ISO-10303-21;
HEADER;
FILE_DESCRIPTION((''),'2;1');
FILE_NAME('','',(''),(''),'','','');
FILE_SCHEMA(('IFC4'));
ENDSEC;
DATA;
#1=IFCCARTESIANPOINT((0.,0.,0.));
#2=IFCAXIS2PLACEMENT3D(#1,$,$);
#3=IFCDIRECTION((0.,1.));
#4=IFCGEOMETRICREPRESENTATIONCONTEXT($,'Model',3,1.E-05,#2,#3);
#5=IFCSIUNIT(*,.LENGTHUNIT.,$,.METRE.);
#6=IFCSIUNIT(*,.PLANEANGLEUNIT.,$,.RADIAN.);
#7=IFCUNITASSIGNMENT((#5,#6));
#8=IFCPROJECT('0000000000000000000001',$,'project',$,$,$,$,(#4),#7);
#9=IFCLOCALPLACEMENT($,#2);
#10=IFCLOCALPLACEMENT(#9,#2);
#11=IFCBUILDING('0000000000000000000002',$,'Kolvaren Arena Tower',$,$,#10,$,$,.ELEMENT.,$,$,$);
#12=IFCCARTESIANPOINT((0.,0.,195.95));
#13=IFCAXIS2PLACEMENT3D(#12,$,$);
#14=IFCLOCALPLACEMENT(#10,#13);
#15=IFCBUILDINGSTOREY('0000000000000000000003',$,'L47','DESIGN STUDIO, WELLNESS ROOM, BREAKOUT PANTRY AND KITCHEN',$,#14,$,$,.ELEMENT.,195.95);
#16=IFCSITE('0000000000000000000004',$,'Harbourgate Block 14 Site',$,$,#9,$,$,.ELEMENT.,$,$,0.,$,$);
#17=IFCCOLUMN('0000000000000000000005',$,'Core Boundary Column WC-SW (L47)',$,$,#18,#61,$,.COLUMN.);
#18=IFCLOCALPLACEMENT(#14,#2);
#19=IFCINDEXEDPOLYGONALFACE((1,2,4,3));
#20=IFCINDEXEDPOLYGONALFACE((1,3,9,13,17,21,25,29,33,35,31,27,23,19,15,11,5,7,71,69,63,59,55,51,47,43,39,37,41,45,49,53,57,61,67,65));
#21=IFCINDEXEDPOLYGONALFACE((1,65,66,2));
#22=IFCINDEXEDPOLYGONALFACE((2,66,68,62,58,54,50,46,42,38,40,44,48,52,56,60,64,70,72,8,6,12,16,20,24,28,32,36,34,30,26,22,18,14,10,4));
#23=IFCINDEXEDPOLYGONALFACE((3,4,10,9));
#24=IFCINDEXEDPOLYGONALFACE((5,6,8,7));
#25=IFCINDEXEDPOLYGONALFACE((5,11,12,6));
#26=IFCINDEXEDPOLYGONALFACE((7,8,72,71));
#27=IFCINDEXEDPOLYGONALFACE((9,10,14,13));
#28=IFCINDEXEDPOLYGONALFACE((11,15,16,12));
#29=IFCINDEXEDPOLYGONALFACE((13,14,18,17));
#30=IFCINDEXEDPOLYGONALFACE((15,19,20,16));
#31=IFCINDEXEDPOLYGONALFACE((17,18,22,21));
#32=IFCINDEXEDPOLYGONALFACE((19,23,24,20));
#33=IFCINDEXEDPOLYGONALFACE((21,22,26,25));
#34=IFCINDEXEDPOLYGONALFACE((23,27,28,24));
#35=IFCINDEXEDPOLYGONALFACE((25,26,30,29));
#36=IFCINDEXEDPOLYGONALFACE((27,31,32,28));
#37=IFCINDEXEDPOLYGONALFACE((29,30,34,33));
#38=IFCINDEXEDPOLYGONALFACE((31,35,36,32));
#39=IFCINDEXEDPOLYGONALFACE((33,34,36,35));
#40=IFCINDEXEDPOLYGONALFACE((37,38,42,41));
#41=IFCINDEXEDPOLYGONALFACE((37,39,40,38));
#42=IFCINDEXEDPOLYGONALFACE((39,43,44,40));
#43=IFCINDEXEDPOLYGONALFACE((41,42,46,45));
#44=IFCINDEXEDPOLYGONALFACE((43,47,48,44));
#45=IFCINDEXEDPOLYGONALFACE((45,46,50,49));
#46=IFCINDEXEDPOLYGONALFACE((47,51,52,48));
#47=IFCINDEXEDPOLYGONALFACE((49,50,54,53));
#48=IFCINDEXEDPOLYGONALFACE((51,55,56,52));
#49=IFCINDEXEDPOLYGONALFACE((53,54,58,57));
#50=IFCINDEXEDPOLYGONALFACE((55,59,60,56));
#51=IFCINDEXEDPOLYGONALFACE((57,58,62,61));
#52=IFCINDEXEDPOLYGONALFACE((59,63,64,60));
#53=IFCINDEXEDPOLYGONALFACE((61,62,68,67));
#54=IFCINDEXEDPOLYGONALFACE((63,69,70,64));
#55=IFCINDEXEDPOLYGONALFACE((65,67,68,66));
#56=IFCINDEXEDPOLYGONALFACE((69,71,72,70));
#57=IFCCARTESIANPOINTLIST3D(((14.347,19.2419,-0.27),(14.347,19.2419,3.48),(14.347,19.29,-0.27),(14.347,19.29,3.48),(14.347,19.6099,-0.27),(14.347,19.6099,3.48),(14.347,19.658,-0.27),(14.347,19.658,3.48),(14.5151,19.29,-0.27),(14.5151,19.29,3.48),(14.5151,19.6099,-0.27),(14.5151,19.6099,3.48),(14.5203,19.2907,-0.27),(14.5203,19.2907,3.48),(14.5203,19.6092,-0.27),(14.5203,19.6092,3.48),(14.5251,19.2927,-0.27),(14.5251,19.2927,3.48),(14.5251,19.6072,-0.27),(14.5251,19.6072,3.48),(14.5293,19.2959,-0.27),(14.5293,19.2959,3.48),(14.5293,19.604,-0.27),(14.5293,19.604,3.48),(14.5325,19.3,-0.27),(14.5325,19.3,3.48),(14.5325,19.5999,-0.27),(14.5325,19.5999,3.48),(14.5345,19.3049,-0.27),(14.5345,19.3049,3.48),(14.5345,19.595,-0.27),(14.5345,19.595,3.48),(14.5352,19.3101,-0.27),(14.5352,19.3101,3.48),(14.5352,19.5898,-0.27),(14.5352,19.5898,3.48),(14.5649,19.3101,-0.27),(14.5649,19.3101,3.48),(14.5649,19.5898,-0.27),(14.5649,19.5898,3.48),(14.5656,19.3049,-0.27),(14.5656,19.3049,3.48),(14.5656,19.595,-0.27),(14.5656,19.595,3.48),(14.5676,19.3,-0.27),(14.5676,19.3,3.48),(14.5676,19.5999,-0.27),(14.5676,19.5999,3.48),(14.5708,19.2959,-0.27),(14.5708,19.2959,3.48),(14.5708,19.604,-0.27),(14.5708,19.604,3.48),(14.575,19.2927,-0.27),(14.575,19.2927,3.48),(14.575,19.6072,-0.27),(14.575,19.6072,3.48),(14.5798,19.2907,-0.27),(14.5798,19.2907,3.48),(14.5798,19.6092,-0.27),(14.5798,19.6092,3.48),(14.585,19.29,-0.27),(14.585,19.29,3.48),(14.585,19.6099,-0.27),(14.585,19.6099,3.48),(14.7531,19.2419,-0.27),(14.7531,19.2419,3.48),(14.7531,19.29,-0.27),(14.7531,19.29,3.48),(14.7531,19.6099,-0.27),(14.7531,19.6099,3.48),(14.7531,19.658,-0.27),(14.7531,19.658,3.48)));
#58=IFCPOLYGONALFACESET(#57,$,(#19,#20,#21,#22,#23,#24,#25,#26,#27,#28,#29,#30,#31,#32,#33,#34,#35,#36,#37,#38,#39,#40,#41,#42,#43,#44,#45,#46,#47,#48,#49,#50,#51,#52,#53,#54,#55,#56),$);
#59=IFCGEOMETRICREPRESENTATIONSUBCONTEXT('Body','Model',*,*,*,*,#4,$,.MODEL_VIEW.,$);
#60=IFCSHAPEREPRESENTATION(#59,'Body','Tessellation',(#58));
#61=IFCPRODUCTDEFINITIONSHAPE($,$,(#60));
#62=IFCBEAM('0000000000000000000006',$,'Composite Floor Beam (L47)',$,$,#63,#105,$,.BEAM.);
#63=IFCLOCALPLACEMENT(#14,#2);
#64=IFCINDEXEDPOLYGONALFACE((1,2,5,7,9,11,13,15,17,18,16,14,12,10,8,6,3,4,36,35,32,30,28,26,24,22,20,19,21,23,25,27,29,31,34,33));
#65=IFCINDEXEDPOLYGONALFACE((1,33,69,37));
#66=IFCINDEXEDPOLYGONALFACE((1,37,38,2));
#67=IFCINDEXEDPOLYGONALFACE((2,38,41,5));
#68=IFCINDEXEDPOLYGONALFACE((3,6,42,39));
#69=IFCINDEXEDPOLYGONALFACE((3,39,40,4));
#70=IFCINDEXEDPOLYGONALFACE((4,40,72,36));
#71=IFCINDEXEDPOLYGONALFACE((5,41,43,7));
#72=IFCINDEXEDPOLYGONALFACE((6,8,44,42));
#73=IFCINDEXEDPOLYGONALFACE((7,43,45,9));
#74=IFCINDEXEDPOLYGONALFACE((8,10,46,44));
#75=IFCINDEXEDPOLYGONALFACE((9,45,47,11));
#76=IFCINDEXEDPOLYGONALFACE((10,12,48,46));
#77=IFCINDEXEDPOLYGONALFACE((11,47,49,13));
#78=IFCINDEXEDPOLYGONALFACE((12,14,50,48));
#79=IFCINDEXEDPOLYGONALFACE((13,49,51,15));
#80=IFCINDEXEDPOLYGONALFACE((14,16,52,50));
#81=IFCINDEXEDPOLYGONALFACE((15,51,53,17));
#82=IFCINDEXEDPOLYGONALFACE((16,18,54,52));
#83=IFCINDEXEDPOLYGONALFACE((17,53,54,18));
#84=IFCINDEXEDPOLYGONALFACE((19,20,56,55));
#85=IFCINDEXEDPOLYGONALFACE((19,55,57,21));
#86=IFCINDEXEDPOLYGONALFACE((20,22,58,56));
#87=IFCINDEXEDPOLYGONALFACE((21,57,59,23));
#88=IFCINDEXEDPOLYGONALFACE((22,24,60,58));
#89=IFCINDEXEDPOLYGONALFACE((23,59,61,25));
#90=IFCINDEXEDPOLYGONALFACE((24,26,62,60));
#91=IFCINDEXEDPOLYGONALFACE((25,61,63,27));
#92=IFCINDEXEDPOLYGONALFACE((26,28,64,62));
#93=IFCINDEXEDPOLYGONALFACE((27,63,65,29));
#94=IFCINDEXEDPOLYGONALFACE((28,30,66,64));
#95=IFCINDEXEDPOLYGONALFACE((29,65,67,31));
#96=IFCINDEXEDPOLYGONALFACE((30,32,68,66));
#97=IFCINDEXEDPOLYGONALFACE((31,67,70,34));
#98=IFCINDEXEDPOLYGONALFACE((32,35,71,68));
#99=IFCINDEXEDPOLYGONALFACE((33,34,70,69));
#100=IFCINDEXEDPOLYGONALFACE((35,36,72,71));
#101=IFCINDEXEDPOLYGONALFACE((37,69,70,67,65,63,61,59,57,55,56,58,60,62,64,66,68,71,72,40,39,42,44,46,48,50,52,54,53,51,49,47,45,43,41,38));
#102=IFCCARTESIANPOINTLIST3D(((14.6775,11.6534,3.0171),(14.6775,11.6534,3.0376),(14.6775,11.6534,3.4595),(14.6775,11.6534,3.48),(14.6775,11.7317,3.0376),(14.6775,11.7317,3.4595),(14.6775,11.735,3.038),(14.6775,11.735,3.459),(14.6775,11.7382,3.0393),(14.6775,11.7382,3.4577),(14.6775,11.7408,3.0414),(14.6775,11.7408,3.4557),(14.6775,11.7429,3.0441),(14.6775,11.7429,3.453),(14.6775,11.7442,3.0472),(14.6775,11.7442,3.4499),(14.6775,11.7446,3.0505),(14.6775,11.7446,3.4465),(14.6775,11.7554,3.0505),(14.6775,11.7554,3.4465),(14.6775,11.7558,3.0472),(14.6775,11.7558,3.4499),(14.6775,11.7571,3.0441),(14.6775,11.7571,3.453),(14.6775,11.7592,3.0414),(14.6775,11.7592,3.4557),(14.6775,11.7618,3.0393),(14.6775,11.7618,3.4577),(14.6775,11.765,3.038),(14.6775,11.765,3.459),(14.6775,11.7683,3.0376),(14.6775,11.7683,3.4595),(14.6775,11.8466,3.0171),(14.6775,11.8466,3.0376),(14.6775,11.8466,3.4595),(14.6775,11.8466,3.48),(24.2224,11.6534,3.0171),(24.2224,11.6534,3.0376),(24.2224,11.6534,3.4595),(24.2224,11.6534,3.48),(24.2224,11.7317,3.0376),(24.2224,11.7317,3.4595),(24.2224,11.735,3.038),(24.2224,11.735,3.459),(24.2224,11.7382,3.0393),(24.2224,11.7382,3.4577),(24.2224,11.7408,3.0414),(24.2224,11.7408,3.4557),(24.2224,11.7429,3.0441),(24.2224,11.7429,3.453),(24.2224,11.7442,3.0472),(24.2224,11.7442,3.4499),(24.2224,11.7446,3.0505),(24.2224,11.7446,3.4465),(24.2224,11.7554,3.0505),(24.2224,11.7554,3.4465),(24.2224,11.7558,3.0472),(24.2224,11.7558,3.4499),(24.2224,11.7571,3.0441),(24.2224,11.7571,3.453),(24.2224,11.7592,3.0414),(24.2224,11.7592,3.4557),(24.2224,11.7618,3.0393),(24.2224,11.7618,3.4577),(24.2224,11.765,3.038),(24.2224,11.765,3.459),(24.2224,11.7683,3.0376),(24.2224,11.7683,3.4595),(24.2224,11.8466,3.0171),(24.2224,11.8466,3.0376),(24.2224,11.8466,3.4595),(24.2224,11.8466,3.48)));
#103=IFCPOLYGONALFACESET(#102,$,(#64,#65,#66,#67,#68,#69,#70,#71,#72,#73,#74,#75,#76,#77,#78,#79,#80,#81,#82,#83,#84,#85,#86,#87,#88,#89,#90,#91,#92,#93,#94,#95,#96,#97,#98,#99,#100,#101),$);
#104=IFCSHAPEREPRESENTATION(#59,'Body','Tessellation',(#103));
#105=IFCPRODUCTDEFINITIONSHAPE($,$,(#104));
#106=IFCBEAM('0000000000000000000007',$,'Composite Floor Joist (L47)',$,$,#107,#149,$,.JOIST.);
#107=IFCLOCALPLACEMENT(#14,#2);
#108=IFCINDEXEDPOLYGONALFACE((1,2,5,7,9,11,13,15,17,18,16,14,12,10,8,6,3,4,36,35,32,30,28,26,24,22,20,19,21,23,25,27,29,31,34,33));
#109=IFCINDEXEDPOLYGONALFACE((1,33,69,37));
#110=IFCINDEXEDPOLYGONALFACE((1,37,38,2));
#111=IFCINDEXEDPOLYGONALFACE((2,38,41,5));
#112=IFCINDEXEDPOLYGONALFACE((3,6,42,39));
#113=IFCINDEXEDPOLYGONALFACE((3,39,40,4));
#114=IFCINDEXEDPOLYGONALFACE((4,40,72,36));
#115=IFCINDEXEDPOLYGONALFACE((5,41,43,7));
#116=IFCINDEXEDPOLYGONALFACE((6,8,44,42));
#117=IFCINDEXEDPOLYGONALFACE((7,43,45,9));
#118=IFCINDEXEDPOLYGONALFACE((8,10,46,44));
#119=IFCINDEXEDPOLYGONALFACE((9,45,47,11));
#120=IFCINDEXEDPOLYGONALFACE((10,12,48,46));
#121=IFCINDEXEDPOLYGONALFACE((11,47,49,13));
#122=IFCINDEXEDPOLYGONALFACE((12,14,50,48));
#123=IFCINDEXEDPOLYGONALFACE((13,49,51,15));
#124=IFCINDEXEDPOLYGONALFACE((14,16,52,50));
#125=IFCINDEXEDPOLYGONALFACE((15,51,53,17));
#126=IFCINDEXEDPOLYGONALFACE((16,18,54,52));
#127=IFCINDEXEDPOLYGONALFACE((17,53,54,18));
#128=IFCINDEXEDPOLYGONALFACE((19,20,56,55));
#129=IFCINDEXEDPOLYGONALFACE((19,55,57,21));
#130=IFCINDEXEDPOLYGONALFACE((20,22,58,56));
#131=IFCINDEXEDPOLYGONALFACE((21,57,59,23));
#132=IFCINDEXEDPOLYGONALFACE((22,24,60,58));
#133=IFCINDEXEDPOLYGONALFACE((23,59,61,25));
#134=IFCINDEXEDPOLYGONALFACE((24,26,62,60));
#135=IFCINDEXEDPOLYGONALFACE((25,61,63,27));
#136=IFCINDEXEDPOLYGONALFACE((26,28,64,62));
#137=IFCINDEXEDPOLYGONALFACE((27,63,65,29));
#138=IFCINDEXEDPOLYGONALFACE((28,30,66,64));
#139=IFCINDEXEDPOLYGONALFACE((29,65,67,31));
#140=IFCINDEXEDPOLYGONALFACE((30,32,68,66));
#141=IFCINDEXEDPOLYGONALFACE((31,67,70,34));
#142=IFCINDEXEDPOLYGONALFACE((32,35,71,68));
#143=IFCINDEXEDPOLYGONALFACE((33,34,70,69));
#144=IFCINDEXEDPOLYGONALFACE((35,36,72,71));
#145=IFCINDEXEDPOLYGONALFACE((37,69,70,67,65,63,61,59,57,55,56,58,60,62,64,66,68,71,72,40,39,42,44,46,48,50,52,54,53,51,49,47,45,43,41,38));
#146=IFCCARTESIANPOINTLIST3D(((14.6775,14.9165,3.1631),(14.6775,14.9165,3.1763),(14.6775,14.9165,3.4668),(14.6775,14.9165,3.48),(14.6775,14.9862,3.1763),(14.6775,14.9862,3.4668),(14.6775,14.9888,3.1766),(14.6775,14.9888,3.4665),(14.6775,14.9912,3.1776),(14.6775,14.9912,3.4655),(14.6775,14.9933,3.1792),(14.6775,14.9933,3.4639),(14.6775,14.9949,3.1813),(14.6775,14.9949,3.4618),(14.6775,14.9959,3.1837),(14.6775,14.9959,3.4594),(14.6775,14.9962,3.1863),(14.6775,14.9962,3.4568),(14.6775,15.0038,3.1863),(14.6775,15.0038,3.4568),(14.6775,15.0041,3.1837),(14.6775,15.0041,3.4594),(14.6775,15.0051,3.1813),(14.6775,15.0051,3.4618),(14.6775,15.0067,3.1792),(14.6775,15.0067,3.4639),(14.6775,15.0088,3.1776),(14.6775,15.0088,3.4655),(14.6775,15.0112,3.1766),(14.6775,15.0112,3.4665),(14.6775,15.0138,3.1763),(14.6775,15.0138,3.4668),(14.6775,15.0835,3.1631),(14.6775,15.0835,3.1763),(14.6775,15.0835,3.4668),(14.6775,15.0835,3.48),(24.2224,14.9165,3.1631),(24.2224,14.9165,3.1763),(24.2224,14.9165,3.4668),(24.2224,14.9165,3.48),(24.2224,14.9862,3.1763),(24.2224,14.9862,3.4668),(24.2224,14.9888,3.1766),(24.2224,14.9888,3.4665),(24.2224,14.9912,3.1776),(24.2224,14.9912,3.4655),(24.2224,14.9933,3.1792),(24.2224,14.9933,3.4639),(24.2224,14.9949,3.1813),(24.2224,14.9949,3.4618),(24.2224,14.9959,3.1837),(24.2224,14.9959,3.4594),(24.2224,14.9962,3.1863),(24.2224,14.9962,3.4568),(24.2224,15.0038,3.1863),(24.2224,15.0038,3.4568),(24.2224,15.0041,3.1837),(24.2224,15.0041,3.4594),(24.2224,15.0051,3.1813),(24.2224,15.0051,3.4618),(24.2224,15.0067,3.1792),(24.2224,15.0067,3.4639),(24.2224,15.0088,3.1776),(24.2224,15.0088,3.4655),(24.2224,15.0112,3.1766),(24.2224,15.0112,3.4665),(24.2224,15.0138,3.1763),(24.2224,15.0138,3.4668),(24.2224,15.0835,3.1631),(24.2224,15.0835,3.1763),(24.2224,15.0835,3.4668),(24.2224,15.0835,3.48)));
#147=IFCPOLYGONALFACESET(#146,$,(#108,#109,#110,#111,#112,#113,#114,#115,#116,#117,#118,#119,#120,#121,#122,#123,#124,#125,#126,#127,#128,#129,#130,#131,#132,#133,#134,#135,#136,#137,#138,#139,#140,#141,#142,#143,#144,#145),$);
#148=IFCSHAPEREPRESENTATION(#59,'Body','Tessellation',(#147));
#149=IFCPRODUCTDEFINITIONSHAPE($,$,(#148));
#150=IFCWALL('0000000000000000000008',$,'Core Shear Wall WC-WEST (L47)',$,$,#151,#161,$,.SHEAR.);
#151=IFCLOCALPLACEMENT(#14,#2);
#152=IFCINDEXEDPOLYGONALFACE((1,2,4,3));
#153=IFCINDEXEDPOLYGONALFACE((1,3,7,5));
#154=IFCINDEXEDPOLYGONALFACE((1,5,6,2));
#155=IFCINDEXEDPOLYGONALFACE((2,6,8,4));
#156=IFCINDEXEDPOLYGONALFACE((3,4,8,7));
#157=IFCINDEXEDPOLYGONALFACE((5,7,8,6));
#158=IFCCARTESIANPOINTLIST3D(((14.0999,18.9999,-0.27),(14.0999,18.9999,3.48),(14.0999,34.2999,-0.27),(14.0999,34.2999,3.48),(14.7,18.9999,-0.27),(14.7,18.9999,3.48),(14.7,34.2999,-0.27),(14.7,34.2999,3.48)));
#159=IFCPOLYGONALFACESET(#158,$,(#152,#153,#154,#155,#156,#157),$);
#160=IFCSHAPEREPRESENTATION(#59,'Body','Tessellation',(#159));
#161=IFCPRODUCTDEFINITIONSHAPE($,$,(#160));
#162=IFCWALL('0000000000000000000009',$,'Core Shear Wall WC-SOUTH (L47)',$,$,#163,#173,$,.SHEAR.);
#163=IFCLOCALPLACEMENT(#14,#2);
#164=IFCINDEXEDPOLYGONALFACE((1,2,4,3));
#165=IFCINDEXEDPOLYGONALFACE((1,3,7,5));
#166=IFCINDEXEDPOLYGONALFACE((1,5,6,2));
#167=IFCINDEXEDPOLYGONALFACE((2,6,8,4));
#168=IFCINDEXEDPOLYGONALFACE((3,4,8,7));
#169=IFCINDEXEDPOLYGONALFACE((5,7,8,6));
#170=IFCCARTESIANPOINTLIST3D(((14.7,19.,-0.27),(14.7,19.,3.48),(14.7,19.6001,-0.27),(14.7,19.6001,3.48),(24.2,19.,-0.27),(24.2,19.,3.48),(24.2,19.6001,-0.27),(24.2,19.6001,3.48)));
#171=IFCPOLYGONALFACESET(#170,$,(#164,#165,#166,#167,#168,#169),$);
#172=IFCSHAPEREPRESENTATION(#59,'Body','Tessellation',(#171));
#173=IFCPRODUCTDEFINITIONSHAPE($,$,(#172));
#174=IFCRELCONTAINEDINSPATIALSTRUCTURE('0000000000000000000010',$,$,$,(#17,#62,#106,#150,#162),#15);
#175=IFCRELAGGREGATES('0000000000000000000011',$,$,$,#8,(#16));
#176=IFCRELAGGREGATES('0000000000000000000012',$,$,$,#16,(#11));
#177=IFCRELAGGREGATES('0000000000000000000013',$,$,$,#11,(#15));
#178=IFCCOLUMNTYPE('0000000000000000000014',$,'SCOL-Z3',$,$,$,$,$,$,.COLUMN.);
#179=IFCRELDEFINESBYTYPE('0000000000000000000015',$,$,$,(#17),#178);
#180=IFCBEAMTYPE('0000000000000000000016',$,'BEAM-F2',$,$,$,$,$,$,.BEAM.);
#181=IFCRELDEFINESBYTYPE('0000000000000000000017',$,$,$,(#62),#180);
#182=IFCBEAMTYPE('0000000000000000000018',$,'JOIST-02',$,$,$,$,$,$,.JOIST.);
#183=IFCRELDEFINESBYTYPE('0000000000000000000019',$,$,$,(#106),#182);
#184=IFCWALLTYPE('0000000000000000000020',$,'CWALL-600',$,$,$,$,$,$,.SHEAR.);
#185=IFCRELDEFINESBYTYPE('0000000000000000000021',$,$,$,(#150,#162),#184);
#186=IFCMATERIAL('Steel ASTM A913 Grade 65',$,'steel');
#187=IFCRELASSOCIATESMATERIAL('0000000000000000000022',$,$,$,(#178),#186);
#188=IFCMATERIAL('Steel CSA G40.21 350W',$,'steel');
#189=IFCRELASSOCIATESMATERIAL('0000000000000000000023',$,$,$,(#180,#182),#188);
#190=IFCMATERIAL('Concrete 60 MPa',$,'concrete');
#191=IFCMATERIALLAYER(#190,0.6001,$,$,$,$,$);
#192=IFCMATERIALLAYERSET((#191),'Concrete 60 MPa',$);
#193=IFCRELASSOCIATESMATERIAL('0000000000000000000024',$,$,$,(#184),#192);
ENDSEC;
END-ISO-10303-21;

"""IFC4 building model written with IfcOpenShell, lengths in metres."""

from ifc_helpers import new_model, si_unit, direction, frame, frame_2d, origin, origin_2d, place, context, subcontext, project, spatial, rectangle, i_section, extrude, material, layer, layer_set, material_profile, profile_set, type_object, element, save


model = new_model("IFC4")

# Units and contexts
model_context = context("Model", 3, precision=1e-05, world=origin(), true_north=direction((0.0, 1.0)))
body_context = subcontext(model_context, "Body", "Model", "MODEL_VIEW")
ifc_project = project(units=[si_unit("LENGTHUNIT", "METRE"), si_unit("PLANEANGLEUNIT", "RADIAN")], contexts=[model_context])

# Site, building, storey
site_placement = place(None, origin())
site = spatial("IfcSite", under=ifc_project, at=site_placement, Name="Harbourgate Block 14 Site", CompositionType="ELEMENT", RefElevation=0.0)
building_placement = place(site_placement, origin())
building = spatial("IfcBuilding", under=site, at=building_placement, Name="Kolvaren Arena Tower", CompositionType="ELEMENT")
storey_placement = place(building_placement, frame((0.0, 0.0, 195.95)))
storey = spatial("IfcBuildingStorey", under=building, at=storey_placement, Name="L47", Description="DESIGN STUDIO, WELLNESS ROOM, BREAKOUT PANTRY AND KITCHEN", CompositionType="ELEMENT", Elevation=195.95)

# Column
ifc_material_1 = material(Name="Steel ASTM A913 Grade 65", Category="steel")
ifc_material_profile_1 = material_profile(ifc_material_1, i_section(OverallWidth=0.406, OverallDepth=0.416, WebThickness=0.0298, FlangeThickness=0.0481, FilletRadius=0.02, at=origin_2d()), Name="W360x382")
ifc_profile_set_1 = profile_set([ifc_material_profile_1], Name="Steel ASTM A913 Grade 65")
column_type = type_object("IfcColumnType", Name="SCOL-Z3", PredefinedType="COLUMN", material=ifc_profile_set_1)
column_placement = place(storey_placement, frame((14.55, 19.45, -0.27), z_axis=(0.0, 0.0, 1.0), x_axis=(1.0, 0.0, 0.0)))
element("IfcColumn", 1, at=column_placement, inside=storey, type_object=column_type, Name="Core Boundary Column WC-SW (L47)", PredefinedType="COLUMN", context=body_context, shape_type="SweptSolid", body=[
    extrude(i_section(OverallWidth=0.406, OverallDepth=0.416, WebThickness=0.0298, FlangeThickness=0.0481, FilletRadius=0.02, at=origin_2d()), origin(), (0.0, 0.0, 1.0), 3.75),
])

# Beams
ifc_material_2 = material(Name="Steel CSA G40.21 350W", Category="steel")
ifc_material_profile_2 = material_profile(ifc_material_2, i_section(OverallWidth=0.1931, OverallDepth=0.4629, WebThickness=0.0107, FlangeThickness=0.0205, FilletRadius=0.0129, at=origin_2d()), Name="W460x113")
ifc_profile_set_2 = profile_set([ifc_material_profile_2], Name="Steel CSA G40.21 350W")
beam_type_1 = type_object("IfcBeamType", Name="BEAM-F2", PredefinedType="BEAM", material=ifc_profile_set_2)
beam_1_placement = place(storey_placement, frame((14.6775, 11.75, 3.2485), z_axis=(1.0, 0.0, 0.0), x_axis=(0.0, 1.0, 0.0)))
element("IfcBeam", 2, at=beam_1_placement, inside=storey, type_object=beam_type_1, Name="Composite Floor Beam (L47)", PredefinedType="BEAM", context=body_context, shape_type="SweptSolid", body=[
    extrude(i_section(OverallWidth=0.1931, OverallDepth=0.4629, WebThickness=0.0107, FlangeThickness=0.0205, FilletRadius=0.0129, at=origin_2d()), origin(), (0.0, 0.0, 1.0), 9.5449),
])
ifc_material_profile_3 = material_profile(ifc_material_2, i_section(OverallWidth=0.167, OverallDepth=0.3169, WebThickness=0.0076, FlangeThickness=0.0132, FilletRadius=0.01, at=origin_2d()), Name="W310x52")
ifc_profile_set_3 = profile_set([ifc_material_profile_3], Name="Steel CSA G40.21 350W")
beam_type_2 = type_object("IfcBeamType", Name="JOIST-02", PredefinedType="JOIST", material=ifc_profile_set_3)
beam_2_placement = place(storey_placement, frame((14.6775, 15.0, 3.3215), z_axis=(1.0, 0.0, 0.0), x_axis=(0.0, 1.0, 0.0)))
element("IfcBeam", 3, at=beam_2_placement, inside=storey, type_object=beam_type_2, Name="Composite Floor Joist (L47)", PredefinedType="JOIST", context=body_context, shape_type="SweptSolid", body=[
    extrude(i_section(OverallWidth=0.167, OverallDepth=0.3169, WebThickness=0.0076, FlangeThickness=0.0132, FilletRadius=0.01, at=origin_2d()), origin(), (0.0, 0.0, 1.0), 9.5449),
])

# Walls
ifc_material_3 = material(Name="Concrete 60 MPa", Category="concrete")
ifc_layer_1 = layer(ifc_material_3, 0.6001)
ifc_layer_set_1 = layer_set([ifc_layer_1], Name="Concrete 60 MPa")
wall_type_1 = type_object("IfcWallType", Name="CWALL-600", PredefinedType="SHEAR", material=ifc_layer_set_1)
wall_1_placement = place(storey_placement, frame((14.3999, 19.0, -0.27), z_axis=(0.0, 0.0, 1.0), x_axis=(0.0, 1.0, 0.0)))
element("IfcWall", 4, at=wall_1_placement, inside=storey, type_object=wall_type_1, Name="Core Shear Wall WC-WEST (L47)", PredefinedType="SHEAR", context=body_context, shape_type="SweptSolid", body=[
    extrude(rectangle(XDim=15.3, YDim=0.6001, at=frame_2d((7.6499, 0.0))), origin(), (0.0, 0.0, 1.0), 3.75),
])
wall_2_placement = place(storey_placement, frame((14.7, 19.3, -0.27), z_axis=(0.0, 0.0, 1.0), x_axis=(1.0, 0.0, 0.0)))
element("IfcWall", 5, at=wall_2_placement, inside=storey, type_object=wall_type_1, Name="Core Shear Wall WC-SOUTH (L47)", PredefinedType="SHEAR", context=body_context, shape_type="SweptSolid", body=[
    extrude(rectangle(XDim=9.5, YDim=0.6001, at=frame_2d((4.75, 0.0))), origin(), (0.0, 0.0, 1.0), 3.75),
])

save(model, "model.ifc")
